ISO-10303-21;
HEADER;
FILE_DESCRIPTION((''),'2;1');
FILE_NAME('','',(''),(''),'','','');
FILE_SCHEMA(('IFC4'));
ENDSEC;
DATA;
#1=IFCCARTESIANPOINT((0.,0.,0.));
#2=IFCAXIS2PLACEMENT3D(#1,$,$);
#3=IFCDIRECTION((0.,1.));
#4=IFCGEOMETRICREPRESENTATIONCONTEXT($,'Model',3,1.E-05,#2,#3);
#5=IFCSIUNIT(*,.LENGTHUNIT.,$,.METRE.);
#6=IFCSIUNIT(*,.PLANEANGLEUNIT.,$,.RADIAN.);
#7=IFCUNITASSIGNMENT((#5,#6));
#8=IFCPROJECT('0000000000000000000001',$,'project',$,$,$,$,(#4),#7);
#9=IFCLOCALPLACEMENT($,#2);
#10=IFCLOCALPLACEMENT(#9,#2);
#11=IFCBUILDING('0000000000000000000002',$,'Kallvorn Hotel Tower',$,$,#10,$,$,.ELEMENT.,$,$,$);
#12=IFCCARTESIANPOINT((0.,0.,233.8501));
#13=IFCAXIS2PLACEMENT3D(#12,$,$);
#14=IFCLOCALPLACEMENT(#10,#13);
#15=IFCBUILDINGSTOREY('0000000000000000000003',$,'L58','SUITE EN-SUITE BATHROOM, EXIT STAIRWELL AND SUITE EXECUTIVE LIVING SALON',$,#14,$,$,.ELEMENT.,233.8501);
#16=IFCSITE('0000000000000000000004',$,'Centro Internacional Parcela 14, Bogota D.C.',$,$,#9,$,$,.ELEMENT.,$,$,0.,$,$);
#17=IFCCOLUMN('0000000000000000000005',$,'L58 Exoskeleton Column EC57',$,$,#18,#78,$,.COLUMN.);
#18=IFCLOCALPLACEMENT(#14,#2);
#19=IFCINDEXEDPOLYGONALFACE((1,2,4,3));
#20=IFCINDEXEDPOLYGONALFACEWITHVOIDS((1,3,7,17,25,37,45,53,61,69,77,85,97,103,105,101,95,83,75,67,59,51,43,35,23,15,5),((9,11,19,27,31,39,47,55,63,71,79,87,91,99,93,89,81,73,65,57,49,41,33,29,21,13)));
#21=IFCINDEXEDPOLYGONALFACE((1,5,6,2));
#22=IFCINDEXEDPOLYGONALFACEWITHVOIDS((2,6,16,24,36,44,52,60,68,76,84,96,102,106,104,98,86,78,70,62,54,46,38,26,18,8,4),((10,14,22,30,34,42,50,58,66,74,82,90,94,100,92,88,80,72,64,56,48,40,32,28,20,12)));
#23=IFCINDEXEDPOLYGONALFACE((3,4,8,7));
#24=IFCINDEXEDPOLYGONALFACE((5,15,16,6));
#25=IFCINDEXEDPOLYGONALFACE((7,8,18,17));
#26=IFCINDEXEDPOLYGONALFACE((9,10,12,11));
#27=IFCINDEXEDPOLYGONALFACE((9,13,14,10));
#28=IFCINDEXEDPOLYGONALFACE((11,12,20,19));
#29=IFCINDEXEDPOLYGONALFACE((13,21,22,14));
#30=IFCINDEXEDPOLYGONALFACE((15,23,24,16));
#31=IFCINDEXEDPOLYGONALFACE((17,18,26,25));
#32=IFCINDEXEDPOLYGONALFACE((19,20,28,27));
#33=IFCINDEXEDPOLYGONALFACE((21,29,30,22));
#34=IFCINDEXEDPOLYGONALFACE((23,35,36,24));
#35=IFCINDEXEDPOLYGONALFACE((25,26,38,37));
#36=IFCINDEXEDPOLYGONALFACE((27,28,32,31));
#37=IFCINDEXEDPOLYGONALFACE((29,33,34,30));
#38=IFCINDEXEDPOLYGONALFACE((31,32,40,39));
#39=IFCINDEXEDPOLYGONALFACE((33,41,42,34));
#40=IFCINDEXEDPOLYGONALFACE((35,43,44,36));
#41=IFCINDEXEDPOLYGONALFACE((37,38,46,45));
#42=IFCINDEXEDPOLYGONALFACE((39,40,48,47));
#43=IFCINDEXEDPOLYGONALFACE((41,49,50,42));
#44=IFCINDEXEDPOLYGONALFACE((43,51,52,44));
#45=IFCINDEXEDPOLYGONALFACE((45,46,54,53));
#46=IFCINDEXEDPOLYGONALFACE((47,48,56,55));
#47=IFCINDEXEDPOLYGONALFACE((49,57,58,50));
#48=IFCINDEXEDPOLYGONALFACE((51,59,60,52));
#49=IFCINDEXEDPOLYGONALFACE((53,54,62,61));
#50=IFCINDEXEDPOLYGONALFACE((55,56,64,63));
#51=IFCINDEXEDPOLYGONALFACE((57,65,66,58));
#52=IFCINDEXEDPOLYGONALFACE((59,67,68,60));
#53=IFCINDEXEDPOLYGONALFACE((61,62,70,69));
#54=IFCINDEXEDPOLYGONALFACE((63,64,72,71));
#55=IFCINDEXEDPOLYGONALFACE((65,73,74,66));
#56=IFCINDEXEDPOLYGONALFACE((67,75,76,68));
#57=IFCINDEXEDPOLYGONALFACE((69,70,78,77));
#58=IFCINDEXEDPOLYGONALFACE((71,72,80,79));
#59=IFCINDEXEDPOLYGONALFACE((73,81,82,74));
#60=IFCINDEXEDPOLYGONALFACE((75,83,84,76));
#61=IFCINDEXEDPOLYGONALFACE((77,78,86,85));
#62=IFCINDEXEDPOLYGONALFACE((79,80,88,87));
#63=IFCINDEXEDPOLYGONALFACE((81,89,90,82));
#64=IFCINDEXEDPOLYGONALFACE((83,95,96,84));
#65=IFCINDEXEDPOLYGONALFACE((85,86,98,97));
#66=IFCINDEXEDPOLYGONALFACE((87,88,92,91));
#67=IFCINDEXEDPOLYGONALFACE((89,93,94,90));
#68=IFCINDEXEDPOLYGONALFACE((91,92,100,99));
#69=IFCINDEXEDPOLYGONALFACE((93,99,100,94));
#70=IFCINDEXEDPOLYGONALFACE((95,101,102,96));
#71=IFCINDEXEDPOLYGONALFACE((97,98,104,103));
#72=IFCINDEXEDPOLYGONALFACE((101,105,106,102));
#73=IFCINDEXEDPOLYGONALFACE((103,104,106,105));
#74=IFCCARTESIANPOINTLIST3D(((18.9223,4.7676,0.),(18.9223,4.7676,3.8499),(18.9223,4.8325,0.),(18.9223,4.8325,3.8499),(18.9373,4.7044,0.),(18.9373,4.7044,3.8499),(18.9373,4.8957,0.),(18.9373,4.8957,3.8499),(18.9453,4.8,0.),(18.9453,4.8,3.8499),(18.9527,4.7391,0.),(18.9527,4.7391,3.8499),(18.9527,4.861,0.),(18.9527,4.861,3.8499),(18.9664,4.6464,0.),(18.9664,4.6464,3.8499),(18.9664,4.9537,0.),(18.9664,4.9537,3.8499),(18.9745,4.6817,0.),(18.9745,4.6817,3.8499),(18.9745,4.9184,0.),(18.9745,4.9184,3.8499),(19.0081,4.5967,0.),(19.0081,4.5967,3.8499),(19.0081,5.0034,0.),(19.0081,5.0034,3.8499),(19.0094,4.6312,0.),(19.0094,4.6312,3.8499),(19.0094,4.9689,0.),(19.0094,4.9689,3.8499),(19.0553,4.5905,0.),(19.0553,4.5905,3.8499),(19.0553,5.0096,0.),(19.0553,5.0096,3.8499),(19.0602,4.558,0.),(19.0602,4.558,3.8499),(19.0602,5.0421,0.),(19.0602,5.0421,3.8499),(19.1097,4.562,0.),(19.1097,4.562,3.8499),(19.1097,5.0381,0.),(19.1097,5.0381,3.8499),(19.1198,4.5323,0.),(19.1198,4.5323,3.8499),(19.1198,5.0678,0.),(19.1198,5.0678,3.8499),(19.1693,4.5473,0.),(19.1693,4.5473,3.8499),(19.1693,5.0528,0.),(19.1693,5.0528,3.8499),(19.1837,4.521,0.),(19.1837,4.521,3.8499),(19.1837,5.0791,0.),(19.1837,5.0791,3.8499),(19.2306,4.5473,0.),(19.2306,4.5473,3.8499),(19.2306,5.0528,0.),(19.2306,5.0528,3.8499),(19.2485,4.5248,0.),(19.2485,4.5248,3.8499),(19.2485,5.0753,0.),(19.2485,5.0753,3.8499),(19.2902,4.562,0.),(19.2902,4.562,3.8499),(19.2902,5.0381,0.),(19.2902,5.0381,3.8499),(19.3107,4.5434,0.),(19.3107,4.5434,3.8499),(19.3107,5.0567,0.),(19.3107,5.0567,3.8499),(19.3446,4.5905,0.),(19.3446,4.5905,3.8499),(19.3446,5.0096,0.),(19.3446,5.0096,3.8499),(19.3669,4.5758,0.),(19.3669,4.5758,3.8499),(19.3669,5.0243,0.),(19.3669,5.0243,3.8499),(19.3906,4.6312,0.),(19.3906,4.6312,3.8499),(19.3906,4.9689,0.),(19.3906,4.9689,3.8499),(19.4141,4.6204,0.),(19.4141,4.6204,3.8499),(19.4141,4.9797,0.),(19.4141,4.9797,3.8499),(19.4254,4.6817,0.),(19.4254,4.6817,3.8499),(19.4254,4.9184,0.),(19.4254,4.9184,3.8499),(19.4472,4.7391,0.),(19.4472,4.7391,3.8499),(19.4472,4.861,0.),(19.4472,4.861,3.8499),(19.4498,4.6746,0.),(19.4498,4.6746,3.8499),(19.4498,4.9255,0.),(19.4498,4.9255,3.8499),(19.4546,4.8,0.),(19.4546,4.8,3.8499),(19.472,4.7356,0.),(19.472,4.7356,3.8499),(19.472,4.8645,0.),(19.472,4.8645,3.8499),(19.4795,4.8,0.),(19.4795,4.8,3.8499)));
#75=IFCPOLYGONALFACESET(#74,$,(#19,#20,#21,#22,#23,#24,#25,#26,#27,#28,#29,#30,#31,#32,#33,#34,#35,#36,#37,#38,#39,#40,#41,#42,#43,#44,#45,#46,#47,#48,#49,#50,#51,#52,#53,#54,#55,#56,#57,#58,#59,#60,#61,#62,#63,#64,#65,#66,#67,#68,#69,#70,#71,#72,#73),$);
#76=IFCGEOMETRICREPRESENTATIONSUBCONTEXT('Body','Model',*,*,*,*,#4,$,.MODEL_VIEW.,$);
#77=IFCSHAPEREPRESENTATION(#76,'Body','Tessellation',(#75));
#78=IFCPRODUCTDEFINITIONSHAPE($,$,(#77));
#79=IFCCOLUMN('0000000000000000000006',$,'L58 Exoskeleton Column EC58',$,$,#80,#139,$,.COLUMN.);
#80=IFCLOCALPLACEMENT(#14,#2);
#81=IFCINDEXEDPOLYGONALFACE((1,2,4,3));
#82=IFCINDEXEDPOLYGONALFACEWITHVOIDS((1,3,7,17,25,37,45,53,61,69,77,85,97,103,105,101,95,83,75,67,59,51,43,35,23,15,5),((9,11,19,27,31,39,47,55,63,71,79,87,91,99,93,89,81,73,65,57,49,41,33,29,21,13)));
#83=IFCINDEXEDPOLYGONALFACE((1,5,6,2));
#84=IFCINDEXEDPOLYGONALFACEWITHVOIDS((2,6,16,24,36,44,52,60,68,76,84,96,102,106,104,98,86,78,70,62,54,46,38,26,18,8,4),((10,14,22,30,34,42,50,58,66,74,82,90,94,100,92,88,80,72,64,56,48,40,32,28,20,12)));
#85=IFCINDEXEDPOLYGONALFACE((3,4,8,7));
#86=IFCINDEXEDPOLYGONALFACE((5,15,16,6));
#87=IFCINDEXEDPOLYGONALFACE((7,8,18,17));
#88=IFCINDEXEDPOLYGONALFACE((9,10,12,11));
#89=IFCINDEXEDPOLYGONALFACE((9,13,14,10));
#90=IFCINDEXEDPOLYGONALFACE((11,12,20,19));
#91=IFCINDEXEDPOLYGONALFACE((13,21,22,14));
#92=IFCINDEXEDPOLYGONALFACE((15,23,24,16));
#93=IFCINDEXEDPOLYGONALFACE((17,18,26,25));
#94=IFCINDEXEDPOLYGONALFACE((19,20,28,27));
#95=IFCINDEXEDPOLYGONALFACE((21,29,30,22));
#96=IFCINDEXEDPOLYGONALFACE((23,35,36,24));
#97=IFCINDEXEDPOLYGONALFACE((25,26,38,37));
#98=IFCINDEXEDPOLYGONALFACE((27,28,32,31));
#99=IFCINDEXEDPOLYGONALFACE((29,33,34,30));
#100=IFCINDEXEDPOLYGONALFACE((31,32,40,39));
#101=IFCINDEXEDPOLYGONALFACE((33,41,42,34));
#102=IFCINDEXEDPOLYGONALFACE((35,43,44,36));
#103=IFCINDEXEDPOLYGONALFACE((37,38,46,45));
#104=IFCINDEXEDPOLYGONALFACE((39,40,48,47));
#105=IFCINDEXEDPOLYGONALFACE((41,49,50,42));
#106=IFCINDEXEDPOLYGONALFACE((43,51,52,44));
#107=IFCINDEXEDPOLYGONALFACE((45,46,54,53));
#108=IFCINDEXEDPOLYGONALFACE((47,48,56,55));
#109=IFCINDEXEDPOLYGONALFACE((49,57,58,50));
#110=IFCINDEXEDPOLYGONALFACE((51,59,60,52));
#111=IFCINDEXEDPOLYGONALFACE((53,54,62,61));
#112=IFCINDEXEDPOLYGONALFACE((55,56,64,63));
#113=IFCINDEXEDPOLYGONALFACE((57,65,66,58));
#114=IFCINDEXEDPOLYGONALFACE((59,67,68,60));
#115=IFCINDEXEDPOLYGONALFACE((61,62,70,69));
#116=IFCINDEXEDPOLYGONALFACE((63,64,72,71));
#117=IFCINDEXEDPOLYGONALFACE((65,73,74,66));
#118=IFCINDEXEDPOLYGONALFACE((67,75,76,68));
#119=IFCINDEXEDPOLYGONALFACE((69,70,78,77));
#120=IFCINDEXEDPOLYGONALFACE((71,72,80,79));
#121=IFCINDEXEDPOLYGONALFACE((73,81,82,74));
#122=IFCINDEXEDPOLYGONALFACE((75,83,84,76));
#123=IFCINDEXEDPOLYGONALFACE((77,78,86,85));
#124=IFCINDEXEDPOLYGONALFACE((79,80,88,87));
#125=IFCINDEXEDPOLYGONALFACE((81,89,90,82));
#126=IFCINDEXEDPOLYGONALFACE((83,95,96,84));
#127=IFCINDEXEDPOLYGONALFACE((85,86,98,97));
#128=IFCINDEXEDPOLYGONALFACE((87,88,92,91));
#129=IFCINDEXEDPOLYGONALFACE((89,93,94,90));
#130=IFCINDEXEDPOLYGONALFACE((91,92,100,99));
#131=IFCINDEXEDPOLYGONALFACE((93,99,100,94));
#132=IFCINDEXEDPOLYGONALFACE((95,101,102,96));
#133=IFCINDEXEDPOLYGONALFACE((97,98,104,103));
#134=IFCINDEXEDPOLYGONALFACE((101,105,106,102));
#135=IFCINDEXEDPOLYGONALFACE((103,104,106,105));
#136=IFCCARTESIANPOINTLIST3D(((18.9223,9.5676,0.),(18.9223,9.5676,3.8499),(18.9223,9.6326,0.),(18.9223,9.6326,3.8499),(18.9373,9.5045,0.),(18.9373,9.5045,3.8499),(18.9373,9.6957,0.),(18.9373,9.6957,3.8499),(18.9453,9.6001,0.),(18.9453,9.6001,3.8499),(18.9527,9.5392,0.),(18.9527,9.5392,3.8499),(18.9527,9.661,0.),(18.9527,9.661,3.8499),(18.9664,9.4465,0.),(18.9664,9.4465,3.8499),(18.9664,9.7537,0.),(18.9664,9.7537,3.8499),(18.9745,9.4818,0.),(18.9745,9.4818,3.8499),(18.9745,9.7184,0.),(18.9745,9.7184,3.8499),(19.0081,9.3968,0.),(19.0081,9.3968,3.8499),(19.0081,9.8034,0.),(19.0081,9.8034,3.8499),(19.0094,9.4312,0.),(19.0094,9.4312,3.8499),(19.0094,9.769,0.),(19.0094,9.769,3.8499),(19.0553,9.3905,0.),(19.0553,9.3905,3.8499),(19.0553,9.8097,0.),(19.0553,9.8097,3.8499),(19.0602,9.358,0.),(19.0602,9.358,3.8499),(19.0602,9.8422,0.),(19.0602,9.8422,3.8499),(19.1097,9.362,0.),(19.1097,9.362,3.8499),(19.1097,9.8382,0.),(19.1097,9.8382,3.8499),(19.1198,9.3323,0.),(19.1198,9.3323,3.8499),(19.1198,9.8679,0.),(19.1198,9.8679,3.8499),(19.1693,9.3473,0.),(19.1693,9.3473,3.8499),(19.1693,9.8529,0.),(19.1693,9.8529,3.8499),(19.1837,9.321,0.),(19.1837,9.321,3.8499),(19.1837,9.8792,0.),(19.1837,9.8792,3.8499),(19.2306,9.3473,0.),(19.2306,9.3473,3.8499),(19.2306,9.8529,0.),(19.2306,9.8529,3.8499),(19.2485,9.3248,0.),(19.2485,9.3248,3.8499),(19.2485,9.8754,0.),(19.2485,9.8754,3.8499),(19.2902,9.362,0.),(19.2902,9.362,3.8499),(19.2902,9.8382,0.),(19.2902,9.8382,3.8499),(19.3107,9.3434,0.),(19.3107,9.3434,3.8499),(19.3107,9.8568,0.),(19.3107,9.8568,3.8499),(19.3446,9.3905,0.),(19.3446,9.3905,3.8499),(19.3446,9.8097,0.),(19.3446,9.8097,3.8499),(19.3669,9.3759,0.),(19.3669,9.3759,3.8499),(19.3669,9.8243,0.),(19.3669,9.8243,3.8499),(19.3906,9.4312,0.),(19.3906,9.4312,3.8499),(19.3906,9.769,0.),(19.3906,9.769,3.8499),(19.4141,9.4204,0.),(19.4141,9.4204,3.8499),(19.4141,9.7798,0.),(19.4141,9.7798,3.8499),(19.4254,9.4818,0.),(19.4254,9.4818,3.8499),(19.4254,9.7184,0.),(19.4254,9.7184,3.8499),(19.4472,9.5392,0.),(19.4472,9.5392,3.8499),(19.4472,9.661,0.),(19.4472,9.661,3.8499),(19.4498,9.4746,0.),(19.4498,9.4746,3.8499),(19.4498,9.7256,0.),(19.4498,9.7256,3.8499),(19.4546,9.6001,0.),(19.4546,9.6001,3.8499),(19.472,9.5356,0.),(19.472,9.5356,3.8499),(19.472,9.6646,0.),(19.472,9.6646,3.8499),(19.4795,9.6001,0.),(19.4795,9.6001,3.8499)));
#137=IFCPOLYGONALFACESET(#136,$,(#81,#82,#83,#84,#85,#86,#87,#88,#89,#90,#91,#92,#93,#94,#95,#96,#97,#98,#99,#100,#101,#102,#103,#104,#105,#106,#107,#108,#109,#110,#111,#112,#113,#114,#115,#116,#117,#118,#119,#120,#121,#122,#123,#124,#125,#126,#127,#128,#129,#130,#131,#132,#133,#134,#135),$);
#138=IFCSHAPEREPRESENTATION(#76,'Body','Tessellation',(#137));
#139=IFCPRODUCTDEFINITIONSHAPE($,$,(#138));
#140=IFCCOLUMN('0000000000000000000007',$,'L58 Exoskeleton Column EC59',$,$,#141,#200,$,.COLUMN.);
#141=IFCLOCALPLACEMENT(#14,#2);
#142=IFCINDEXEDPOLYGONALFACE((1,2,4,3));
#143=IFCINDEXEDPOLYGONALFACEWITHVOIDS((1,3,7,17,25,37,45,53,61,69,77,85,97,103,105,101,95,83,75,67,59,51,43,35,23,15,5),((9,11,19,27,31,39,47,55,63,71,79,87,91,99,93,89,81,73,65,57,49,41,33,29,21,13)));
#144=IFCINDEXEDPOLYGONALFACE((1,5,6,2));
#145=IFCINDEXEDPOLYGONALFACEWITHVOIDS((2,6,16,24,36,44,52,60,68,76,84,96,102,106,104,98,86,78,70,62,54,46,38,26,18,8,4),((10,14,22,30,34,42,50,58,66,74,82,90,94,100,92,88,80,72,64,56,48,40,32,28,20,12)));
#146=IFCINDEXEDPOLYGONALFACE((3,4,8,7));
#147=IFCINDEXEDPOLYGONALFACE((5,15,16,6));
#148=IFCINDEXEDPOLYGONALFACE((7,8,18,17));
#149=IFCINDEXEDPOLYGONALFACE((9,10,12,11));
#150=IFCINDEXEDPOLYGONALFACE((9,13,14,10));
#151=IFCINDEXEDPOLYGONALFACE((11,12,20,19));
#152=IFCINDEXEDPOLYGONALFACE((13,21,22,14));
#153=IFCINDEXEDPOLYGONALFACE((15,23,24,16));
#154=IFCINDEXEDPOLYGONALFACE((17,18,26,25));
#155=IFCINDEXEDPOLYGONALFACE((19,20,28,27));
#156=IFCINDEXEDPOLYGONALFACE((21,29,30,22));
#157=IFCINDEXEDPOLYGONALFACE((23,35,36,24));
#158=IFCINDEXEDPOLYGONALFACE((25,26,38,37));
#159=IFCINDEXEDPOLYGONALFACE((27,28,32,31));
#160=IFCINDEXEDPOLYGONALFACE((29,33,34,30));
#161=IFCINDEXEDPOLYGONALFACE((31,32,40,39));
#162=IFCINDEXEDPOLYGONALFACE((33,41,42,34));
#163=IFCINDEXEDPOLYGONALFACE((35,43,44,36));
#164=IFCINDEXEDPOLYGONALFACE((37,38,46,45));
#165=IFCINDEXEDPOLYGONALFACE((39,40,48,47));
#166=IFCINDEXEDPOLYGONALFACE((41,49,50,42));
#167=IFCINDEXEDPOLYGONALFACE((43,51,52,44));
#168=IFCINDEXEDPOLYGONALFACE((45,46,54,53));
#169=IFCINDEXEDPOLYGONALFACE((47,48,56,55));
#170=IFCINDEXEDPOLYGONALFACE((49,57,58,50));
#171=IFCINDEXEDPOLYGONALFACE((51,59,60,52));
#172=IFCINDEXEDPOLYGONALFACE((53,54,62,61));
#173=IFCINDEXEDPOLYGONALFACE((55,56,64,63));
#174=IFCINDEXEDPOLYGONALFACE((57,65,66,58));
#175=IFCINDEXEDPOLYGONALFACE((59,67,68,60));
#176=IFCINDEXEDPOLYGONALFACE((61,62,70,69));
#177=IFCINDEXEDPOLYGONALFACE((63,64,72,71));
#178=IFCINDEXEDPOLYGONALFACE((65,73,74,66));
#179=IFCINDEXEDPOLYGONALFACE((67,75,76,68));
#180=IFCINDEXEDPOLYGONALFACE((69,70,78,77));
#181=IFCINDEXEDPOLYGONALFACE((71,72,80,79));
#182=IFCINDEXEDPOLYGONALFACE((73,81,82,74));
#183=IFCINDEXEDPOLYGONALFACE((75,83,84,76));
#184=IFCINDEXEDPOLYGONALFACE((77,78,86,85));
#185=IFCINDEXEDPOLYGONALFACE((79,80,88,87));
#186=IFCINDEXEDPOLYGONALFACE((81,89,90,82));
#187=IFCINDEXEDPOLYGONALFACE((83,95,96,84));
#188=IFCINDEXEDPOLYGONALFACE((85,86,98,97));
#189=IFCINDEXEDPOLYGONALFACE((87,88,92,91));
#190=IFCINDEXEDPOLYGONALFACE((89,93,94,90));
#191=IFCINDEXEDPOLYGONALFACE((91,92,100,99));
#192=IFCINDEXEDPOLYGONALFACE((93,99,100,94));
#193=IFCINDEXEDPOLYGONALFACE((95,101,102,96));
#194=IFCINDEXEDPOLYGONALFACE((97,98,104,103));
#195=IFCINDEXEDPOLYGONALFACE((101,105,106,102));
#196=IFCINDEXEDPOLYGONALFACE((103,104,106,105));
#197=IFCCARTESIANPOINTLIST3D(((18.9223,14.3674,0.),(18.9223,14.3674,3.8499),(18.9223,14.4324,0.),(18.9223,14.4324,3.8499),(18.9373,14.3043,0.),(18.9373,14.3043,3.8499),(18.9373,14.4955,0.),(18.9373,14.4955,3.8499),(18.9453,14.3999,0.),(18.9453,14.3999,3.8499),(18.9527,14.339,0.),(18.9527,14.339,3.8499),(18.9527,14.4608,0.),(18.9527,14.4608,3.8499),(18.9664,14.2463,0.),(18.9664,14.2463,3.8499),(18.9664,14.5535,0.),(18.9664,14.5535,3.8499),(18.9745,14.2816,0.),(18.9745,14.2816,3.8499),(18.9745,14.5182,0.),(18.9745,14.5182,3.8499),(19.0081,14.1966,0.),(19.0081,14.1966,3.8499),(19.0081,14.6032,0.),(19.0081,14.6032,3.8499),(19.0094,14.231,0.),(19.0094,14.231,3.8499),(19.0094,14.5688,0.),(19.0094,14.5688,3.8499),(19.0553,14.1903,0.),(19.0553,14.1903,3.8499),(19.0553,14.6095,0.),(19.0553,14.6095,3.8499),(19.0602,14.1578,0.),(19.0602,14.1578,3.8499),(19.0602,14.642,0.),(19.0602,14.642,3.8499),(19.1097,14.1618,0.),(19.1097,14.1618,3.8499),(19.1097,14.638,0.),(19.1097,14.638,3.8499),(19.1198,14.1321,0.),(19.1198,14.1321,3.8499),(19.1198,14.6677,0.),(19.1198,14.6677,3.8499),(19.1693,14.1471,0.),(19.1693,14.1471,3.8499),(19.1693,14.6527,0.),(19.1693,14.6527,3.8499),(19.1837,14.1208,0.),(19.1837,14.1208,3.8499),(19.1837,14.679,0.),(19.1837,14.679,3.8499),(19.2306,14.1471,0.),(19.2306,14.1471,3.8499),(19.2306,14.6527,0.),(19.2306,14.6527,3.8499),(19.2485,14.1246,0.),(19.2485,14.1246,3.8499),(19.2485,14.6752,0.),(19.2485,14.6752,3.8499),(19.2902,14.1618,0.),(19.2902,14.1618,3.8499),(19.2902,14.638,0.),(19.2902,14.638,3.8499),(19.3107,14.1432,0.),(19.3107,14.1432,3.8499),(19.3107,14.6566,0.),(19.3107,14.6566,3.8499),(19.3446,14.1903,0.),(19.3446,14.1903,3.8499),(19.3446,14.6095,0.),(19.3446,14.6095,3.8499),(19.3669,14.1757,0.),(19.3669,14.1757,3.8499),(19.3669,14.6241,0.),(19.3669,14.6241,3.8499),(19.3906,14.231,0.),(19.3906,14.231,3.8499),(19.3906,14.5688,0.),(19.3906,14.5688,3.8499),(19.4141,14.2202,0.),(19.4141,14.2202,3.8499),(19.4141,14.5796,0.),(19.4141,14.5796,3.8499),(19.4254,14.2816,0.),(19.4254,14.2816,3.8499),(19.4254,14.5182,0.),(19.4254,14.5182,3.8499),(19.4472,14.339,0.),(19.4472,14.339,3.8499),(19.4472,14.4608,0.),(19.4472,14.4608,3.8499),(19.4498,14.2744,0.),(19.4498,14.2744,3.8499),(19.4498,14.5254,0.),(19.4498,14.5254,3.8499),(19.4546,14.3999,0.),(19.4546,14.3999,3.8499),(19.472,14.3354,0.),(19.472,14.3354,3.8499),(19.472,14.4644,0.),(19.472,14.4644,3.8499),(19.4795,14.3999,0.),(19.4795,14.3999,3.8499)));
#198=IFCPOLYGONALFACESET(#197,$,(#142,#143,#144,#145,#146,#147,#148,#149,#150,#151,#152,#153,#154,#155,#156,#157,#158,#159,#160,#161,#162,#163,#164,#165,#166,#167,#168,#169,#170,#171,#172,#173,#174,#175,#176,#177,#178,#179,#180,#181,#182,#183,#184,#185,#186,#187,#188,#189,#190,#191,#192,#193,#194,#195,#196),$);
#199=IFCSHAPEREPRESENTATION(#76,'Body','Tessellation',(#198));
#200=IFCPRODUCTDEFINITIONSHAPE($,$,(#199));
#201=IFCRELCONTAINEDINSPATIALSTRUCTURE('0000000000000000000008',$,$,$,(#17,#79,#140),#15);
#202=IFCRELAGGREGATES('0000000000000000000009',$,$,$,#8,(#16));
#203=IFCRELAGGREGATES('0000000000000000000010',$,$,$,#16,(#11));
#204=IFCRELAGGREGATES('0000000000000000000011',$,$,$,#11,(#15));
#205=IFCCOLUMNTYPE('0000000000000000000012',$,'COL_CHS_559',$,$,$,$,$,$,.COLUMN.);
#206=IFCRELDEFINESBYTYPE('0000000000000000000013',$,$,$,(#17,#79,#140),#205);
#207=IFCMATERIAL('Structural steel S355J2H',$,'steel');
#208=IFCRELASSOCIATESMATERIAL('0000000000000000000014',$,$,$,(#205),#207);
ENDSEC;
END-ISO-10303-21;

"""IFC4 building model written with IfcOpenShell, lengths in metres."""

from ifc_helpers import new_model, si_unit, direction, frame, origin, origin_2d, place, context, subcontext, project, spatial, hollow_circle, extrude, material, material_profile, profile_set, type_object, element, save


model = new_model("IFC4")

# Units and contexts
model_context = context("Model", 3, precision=1e-05, world=origin(), true_north=direction((0.0, 1.0)))
body_context = subcontext(model_context, "Body", "Model", "MODEL_VIEW")
ifc_project = project(units=[si_unit("LENGTHUNIT", "METRE"), si_unit("PLANEANGLEUNIT", "RADIAN")], contexts=[model_context])

# Site, building, storey
site_placement = place(None, origin())
site = spatial("IfcSite", under=ifc_project, at=site_placement, Name="Centro Internacional Parcela 14, Bogota D.C.", CompositionType="ELEMENT", RefElevation=0.0)
building_placement = place(site_placement, origin())
building = spatial("IfcBuilding", under=site, at=building_placement, Name="Kallvorn Hotel Tower", CompositionType="ELEMENT")
storey_placement = place(building_placement, frame((0.0, 0.0, 233.8501)))
storey = spatial("IfcBuildingStorey", under=building, at=storey_placement, Name="L58", Description="SUITE EN-SUITE BATHROOM, EXIT STAIRWELL AND SUITE EXECUTIVE LIVING SALON", CompositionType="ELEMENT", Elevation=233.8501)

# Columns
ifc_material_1 = material(Name="Structural steel S355J2H", Category="steel")
ifc_material_profile_1 = material_profile(ifc_material_1, hollow_circle(Radius=0.2795, WallThickness=0.0249, at=origin_2d()), Name="CHS 559x25")
ifc_profile_set_1 = profile_set([ifc_material_profile_1], Name="Structural steel S355J2H")
column_type_1 = type_object("IfcColumnType", Name="COL_CHS_559", PredefinedType="COLUMN", material=ifc_profile_set_1)
for number, where, z_axis, x_axis, name in (
    (1, (19.2, 4.8, 0.0), (0.0, 0.0, 1.0), (1.0, 0.0, 0.0), "L58 Exoskeleton Column EC57"),
    (2, (19.2, 9.6001, 0.0), (0.0, 0.0, 1.0), (1.0, 0.0, 0.0), "L58 Exoskeleton Column EC58"),
    (3, (19.2, 14.3999, 0.0), (0.0, 0.0, 1.0), (1.0, 0.0, 0.0), "L58 Exoskeleton Column EC59"),
):
    element("IfcColumn", number, at=place(storey_placement, frame(where, z_axis=z_axis, x_axis=x_axis)), inside=storey, type_object=column_type_1, Name=name, PredefinedType="COLUMN", context=body_context, shape_type="SweptSolid", body=[
        extrude(hollow_circle(Radius=0.2795, WallThickness=0.0249, at=origin_2d()), origin(), (0.0, 0.0, 1.0), 3.8499),
    ])

save(model, "model.ifc")
